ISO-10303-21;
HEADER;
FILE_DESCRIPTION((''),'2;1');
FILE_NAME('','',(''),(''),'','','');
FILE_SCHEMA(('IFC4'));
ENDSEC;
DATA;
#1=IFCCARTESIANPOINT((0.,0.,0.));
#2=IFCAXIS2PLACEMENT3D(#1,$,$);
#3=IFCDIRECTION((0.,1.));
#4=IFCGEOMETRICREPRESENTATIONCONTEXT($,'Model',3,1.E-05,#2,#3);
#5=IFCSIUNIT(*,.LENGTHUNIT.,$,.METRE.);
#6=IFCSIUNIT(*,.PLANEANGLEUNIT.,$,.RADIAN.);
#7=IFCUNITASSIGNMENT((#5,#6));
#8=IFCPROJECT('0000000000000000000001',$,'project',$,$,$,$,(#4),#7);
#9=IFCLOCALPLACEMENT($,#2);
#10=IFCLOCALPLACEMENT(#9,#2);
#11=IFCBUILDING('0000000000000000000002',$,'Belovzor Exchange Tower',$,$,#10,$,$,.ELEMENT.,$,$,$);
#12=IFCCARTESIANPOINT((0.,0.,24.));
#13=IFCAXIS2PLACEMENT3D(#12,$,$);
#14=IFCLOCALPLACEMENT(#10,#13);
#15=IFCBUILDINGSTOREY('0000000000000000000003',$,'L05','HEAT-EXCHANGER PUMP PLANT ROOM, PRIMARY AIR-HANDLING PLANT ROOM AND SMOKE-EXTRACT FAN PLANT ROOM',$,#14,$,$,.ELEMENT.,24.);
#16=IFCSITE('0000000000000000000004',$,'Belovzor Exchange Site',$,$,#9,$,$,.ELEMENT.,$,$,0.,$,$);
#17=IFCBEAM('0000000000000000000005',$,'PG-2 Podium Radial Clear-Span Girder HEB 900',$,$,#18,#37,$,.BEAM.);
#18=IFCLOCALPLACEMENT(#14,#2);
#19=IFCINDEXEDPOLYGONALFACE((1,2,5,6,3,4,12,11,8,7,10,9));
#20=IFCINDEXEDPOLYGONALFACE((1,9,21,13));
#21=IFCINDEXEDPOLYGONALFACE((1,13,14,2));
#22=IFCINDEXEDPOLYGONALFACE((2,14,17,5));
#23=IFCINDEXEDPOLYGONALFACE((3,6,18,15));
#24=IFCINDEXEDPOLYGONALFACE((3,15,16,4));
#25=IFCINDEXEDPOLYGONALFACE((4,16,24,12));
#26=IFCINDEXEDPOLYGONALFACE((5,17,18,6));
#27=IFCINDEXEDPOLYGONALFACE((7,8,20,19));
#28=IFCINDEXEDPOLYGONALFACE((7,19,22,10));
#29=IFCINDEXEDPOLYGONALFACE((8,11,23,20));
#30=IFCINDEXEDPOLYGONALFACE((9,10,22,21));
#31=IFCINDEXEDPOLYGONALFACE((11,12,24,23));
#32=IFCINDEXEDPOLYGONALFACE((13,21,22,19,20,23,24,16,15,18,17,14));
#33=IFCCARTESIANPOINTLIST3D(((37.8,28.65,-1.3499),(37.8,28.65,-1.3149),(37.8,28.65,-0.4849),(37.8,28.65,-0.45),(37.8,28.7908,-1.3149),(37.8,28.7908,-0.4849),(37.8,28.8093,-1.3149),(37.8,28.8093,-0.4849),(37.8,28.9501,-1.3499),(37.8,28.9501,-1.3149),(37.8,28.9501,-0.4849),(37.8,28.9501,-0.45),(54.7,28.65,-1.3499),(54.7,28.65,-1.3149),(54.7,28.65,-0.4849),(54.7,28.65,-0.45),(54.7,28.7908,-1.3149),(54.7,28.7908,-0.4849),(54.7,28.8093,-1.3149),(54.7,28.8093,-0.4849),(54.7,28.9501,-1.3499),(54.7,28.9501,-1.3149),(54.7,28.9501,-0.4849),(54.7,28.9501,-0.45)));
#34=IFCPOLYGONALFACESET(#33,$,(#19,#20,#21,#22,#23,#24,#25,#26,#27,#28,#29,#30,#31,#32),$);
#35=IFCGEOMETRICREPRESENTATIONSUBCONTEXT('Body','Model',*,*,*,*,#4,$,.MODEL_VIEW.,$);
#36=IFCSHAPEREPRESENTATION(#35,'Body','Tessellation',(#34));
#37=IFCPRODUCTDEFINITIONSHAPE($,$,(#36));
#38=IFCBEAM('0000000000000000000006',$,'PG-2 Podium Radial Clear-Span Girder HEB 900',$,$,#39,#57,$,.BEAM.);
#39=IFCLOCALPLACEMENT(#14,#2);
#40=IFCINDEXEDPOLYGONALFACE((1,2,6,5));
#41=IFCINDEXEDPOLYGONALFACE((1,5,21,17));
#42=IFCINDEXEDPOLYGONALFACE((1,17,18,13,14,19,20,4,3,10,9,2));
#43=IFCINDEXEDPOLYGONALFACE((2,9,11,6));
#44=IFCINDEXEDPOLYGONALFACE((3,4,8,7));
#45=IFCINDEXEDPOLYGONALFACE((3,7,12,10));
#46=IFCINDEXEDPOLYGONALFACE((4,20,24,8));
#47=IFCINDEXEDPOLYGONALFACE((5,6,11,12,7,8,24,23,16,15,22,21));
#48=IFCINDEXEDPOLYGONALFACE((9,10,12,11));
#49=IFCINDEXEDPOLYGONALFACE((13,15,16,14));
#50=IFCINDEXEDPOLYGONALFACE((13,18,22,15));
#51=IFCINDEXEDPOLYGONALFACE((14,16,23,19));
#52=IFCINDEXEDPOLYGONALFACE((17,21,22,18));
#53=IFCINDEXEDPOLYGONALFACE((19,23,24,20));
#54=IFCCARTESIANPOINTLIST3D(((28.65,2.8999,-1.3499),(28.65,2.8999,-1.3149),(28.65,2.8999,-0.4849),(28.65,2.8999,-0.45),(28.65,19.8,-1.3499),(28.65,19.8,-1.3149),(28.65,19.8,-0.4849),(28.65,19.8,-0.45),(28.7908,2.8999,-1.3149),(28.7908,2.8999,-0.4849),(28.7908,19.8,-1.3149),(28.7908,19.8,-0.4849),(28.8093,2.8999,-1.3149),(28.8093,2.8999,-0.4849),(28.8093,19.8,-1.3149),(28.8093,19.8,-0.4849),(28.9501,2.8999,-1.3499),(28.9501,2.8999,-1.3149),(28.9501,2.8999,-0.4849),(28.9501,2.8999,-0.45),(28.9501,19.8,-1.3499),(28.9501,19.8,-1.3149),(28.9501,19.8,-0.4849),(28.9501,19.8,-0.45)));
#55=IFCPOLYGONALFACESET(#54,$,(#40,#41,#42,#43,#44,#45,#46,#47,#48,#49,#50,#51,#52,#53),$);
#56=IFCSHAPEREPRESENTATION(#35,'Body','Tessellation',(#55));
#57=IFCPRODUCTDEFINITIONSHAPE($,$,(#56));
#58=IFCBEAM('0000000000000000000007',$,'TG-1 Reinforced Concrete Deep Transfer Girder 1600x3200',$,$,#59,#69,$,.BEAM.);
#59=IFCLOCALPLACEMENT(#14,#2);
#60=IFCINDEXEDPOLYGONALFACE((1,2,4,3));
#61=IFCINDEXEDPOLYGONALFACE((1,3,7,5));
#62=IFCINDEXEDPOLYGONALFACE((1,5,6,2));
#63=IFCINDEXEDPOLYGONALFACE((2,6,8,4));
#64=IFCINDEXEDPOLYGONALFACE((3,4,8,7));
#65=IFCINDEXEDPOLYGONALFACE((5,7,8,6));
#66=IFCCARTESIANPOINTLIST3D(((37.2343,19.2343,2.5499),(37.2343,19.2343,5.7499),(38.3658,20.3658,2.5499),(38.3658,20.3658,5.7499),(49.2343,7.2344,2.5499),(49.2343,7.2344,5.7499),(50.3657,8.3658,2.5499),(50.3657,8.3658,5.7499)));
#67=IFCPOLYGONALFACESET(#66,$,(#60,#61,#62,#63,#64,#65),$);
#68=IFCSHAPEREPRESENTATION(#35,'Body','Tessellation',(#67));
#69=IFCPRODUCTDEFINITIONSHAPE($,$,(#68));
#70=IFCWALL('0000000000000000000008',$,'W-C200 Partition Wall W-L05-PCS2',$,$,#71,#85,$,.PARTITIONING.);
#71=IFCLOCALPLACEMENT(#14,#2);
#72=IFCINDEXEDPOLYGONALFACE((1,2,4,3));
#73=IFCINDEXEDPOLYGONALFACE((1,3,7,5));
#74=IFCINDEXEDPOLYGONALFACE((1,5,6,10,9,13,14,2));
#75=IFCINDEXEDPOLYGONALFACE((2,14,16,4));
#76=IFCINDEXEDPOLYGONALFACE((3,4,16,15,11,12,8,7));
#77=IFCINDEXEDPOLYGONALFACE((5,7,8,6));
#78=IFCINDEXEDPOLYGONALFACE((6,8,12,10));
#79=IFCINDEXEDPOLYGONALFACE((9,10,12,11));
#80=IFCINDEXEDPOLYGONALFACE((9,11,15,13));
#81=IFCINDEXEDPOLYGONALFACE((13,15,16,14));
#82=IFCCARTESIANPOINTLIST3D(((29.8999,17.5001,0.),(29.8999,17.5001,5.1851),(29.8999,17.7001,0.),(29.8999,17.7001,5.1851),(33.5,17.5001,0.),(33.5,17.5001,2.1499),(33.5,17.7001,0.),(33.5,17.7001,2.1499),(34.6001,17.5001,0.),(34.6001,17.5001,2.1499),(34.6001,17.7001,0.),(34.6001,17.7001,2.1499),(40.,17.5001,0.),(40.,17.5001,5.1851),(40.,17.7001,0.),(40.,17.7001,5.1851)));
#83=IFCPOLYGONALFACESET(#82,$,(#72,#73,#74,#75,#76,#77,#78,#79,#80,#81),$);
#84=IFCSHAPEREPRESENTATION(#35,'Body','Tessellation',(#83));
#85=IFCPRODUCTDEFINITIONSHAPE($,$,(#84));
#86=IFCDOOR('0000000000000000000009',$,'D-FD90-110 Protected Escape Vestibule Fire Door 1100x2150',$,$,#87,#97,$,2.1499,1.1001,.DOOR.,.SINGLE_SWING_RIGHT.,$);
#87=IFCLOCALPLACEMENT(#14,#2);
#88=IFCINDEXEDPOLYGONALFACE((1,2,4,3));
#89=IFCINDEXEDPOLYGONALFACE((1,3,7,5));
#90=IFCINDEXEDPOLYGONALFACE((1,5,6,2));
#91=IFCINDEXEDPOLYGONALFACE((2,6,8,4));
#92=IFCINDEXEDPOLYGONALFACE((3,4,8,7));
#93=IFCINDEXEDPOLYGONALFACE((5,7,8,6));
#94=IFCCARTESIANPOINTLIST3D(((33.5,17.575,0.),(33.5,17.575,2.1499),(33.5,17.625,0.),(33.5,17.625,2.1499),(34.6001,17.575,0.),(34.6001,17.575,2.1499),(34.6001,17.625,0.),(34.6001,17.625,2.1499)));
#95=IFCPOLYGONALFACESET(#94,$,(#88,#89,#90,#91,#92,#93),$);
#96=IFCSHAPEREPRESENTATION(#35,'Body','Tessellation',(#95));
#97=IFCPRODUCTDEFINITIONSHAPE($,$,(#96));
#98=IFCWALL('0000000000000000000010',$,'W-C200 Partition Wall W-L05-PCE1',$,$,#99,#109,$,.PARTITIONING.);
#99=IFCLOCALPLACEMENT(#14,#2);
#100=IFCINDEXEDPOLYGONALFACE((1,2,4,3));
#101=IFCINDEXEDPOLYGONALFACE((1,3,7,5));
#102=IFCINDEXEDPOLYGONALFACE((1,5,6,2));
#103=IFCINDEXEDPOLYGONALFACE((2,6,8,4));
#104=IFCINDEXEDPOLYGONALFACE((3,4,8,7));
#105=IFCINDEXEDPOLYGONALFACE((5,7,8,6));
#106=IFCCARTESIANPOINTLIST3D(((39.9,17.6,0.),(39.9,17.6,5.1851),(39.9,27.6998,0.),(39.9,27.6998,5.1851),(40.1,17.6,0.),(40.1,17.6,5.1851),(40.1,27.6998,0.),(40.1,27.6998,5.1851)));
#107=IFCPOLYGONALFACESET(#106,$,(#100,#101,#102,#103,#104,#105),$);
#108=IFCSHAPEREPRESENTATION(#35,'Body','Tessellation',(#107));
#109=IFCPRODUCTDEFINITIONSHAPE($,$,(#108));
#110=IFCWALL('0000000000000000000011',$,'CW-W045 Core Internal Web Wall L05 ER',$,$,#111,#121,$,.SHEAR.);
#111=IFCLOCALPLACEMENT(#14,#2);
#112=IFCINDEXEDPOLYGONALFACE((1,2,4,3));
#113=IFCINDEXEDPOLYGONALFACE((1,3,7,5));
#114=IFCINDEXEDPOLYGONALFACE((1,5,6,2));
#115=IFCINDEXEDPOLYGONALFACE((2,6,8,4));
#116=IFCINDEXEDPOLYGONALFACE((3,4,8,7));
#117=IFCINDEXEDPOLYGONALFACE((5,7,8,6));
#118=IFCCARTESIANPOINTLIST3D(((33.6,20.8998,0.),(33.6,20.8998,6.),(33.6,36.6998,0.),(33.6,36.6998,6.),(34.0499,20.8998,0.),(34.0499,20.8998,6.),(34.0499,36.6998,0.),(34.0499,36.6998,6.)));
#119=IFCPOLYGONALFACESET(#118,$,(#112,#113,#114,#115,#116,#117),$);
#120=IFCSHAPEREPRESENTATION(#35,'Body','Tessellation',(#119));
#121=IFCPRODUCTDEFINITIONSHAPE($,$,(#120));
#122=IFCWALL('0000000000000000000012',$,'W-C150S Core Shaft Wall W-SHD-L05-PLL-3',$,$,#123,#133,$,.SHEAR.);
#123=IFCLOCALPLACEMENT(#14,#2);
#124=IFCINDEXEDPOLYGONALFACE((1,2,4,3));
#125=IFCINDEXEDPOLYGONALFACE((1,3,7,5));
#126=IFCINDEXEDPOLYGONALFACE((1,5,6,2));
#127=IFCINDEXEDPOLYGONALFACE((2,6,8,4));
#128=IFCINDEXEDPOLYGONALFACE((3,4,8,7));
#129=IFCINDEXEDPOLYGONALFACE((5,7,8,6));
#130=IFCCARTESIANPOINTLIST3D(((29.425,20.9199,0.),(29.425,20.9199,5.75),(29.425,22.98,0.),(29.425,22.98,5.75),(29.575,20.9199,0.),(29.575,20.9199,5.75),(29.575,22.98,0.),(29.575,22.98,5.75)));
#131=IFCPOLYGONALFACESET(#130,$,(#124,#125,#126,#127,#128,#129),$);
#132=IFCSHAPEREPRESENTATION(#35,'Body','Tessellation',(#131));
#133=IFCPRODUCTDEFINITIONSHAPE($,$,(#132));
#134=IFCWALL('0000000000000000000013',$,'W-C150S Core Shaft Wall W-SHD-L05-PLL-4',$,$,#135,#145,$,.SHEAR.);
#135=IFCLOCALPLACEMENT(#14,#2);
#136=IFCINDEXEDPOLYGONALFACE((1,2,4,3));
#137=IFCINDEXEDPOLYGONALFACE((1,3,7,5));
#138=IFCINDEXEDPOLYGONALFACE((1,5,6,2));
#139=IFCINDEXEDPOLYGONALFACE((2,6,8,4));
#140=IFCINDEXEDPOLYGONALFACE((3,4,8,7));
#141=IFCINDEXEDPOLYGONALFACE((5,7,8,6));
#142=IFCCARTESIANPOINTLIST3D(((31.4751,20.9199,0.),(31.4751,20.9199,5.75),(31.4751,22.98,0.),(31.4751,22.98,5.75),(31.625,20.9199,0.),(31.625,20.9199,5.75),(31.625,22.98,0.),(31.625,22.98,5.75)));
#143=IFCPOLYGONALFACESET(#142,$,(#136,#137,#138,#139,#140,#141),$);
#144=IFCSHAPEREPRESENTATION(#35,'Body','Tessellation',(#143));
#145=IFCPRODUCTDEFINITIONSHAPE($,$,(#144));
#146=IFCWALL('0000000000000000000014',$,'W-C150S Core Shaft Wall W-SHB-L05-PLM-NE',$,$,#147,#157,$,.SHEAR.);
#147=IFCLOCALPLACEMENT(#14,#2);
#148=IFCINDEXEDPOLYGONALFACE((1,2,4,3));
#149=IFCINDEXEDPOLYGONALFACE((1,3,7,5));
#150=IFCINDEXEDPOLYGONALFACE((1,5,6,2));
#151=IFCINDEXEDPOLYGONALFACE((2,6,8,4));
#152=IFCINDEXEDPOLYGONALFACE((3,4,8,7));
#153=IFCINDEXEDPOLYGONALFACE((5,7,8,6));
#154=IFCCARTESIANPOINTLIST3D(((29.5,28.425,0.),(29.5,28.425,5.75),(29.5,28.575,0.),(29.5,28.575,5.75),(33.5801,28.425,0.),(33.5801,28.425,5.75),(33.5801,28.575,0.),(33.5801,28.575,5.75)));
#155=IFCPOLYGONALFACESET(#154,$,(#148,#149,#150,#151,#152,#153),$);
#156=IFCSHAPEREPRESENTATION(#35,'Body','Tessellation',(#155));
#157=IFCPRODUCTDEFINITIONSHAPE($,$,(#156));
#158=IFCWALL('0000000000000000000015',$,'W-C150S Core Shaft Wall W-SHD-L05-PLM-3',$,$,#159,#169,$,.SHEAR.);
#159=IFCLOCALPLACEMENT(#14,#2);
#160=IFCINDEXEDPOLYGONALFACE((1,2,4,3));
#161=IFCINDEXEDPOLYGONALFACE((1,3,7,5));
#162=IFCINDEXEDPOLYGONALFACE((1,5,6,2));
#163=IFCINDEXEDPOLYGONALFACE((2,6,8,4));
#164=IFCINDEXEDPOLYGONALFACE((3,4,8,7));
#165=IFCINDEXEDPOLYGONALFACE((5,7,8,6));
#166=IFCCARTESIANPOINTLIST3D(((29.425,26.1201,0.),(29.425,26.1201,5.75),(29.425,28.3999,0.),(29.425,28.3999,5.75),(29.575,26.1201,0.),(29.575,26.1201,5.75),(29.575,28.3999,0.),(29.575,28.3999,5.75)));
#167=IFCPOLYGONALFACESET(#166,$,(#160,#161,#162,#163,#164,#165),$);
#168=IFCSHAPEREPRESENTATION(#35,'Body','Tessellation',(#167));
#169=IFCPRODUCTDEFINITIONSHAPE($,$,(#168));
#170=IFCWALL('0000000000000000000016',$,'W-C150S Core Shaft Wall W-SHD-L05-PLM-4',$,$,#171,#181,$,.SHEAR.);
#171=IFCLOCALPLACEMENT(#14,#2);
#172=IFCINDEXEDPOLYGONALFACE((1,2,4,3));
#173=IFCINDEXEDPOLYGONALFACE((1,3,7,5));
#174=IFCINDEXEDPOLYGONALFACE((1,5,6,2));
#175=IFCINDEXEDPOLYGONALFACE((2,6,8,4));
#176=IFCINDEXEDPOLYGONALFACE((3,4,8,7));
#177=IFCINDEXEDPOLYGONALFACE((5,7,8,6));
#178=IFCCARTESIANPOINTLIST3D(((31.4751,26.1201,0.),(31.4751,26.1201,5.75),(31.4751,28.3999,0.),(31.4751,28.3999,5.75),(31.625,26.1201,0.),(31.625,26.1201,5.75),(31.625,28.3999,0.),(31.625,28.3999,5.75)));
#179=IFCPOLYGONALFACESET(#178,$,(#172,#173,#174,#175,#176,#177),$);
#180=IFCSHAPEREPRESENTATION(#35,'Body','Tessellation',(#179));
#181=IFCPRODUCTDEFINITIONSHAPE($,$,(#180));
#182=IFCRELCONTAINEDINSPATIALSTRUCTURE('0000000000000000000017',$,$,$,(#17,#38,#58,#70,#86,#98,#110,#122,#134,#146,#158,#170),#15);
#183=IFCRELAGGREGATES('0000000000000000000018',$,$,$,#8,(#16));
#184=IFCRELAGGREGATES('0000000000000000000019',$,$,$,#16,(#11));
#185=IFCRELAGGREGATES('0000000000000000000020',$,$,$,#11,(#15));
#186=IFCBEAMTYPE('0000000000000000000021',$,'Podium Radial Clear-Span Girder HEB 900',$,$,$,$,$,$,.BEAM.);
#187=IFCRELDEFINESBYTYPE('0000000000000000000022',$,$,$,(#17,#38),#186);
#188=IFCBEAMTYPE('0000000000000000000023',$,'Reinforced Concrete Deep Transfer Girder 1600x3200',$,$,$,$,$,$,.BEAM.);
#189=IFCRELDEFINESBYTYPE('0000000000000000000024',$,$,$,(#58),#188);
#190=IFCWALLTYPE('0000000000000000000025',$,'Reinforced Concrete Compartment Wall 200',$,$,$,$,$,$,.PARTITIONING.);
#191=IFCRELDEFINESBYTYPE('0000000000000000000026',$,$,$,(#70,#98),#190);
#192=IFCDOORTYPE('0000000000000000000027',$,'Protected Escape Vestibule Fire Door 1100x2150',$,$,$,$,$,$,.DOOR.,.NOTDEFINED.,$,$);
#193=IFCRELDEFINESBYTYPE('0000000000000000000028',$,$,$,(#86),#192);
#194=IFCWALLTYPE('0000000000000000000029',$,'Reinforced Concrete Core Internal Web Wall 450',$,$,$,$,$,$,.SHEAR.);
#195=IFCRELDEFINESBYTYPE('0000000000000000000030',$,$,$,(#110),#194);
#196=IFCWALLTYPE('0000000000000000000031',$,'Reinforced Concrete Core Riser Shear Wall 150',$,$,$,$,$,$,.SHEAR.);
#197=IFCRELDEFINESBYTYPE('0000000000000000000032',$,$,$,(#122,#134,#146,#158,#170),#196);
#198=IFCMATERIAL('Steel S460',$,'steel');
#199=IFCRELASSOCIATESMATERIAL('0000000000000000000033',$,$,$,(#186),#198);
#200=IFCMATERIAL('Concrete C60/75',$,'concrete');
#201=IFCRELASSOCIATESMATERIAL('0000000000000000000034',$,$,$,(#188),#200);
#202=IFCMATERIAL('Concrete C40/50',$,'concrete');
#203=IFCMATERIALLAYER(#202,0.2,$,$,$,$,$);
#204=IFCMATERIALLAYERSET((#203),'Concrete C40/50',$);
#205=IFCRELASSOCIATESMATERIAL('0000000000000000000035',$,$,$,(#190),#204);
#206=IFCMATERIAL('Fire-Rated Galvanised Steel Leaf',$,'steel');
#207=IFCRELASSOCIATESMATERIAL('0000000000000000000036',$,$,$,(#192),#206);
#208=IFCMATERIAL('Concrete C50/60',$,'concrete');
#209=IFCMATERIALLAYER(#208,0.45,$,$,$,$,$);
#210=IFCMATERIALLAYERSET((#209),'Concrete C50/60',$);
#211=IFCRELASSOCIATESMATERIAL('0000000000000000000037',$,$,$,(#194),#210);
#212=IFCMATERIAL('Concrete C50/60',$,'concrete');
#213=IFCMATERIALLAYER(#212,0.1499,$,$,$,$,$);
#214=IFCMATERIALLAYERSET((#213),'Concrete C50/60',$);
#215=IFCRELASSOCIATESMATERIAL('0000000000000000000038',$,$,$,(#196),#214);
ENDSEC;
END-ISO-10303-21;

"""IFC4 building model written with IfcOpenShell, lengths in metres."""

from ifc_helpers import new_model, si_unit, direction, frame, frame_2d, origin, origin_2d, place, context, subcontext, project, spatial, rectangle, i_section, extrude, material, layer, layer_set, material_profile, profile_set, type_object, element, fill, save


model = new_model("IFC4")

# Units and contexts
model_context = context("Model", 3, precision=1e-05, world=origin(), true_north=direction((0.0, 1.0)))
body_context = subcontext(model_context, "Body", "Model", "MODEL_VIEW")
ifc_project = project(units=[si_unit("LENGTHUNIT", "METRE"), si_unit("PLANEANGLEUNIT", "RADIAN")], contexts=[model_context])

# Site, building, storey
site_placement = place(None, origin())
site = spatial("IfcSite", under=ifc_project, at=site_placement, Name="Belovzor Exchange Site", CompositionType="ELEMENT", RefElevation=0.0)
building_placement = place(site_placement, origin())
building = spatial("IfcBuilding", under=site, at=building_placement, Name="Belovzor Exchange Tower", CompositionType="ELEMENT")
storey_placement = place(building_placement, frame((0.0, 0.0, 24.0)))
storey = spatial("IfcBuildingStorey", under=building, at=storey_placement, Name="L05", Description="HEAT-EXCHANGER PUMP PLANT ROOM, PRIMARY AIR-HANDLING PLANT ROOM AND SMOKE-EXTRACT FAN PLANT ROOM", CompositionType="ELEMENT", Elevation=24.0)

# Beams
ifc_material_1 = material(Name="Steel S460", Category="steel")
ifc_material_profile_1 = material_profile(ifc_material_1, i_section(OverallWidth=0.3, OverallDepth=0.8999, WebThickness=0.0186, FlangeThickness=0.0349, at=origin_2d()))
ifc_profile_set_1 = profile_set([ifc_material_profile_1], Name="Steel S460")
beam_type_1 = type_object("IfcBeamType", Name="Podium Radial Clear-Span Girder HEB 900", PredefinedType="BEAM", material=ifc_profile_set_1)
beam_1_placement = place(storey_placement, frame((37.8, 28.8, -0.8999), z_axis=(1.0, 0.0, 0.0), x_axis=(0.0, 1.0, 0.0)))
element("IfcBeam", 1, at=beam_1_placement, inside=storey, type_object=beam_type_1, Name="PG-2 Podium Radial Clear-Span Girder HEB 900", PredefinedType="BEAM", context=body_context, shape_type="SweptSolid", body=[
    extrude(i_section(OverallWidth=0.3, OverallDepth=0.8999, WebThickness=0.0186, FlangeThickness=0.0349, at=origin_2d()), origin(), (0.0, 0.0, 1.0), 16.8999),
])
beam_2_placement = place(storey_placement, frame((28.8, 19.8, -0.8999), z_axis=(0.0, -1.0, 0.0), x_axis=(1.0, 0.0, 0.0)))
element("IfcBeam", 2, at=beam_2_placement, inside=storey, type_object=beam_type_1, Name="PG-2 Podium Radial Clear-Span Girder HEB 900", PredefinedType="BEAM", context=body_context, shape_type="SweptSolid", body=[
    extrude(i_section(OverallWidth=0.3, OverallDepth=0.8999, WebThickness=0.0186, FlangeThickness=0.0349, at=origin_2d()), origin(), (0.0, 0.0, 1.0), 16.9001),
])
ifc_material_2 = material(Name="Concrete C60/75", Category="concrete")
ifc_material_profile_2 = material_profile(ifc_material_2, rectangle(XDim=1.6001, YDim=3.2, at=origin_2d()))
ifc_profile_set_2 = profile_set([ifc_material_profile_2], Name="Concrete C60/75")
beam_type_2 = type_object("IfcBeamType", Name="Reinforced Concrete Deep Transfer Girder 1600x3200", PredefinedType="BEAM", material=ifc_profile_set_2)
beam_3_placement = place(storey_placement, frame((37.8, 19.8, 4.1499), z_axis=(0.707107, -0.707107, 0.0), x_axis=(0.707107, 0.707107, 0.0)))
element("IfcBeam", 3, at=beam_3_placement, inside=storey, type_object=beam_type_2, Name="TG-1 Reinforced Concrete Deep Transfer Girder 1600x3200", PredefinedType="BEAM", context=body_context, shape_type="SweptSolid", body=[
    extrude(rectangle(XDim=1.6001, YDim=3.2, at=origin_2d()), origin(), (0.0, 0.0, 1.0), 16.9705),
])

# Wall, opening, door
ifc_material_3 = material(Name="Concrete C40/50", Category="concrete")
ifc_layer_1 = layer(ifc_material_3, 0.2)
ifc_layer_set_1 = layer_set([ifc_layer_1], Name="Concrete C40/50")
wall_type_1 = type_object("IfcWallType", Name="Reinforced Concrete Compartment Wall 200", PredefinedType="PARTITIONING", material=ifc_layer_set_1)
wall_1_placement = place(storey_placement, frame((29.8999, 17.6001, 0.0), z_axis=(0.0, 0.0, 1.0), x_axis=(1.0, 0.0, 0.0)))
wall_1 = element("IfcWall", 4, at=wall_1_placement, inside=storey, type_object=wall_type_1, Name="W-C200 Partition Wall W-L05-PCS2", PredefinedType="PARTITIONING", context=body_context, shape_type="SweptSolid", body=[
    extrude(rectangle(XDim=10.1001, YDim=0.2, at=frame_2d((5.05, 0.0))), origin(), (0.0, 0.0, 1.0), 5.1851),
])
opening_1_placement = place(wall_1_placement, frame((3.6001, 0.0, 0.0)))
opening_1 = element("IfcOpeningElement", 5, at=opening_1_placement, cuts=wall_1, PredefinedType="OPENING", context=body_context, shape_type="SweptSolid", body=[
    extrude(rectangle(XDim=1.1001, YDim=2.1499, at=frame_2d((0.55, 1.075))), frame((0.0, 0.1099, 0.0), z_axis=(0.0, -1.0, 0.0), x_axis=(1.0, 0.0, 0.0)), (0.0, 0.0, 1.0), 0.22),
])
ifc_material_4 = material(Name="Fire-Rated Galvanised Steel Leaf", Category="steel")
door_type_1 = type_object("IfcDoorType", Name="Protected Escape Vestibule Fire Door 1100x2150", OperationType="NOTDEFINED", PredefinedType="DOOR", material=ifc_material_4)
door_1_placement = place(opening_1_placement, origin())
door_1 = element("IfcDoor", 6, at=door_1_placement, inside=storey, type_object=door_type_1, Name="D-FD90-110 Protected Escape Vestibule Fire Door 1100x2150", OperationType="SINGLE_SWING_RIGHT", OverallHeight=2.1499, OverallWidth=1.1001, PredefinedType="DOOR", context=body_context, shape_type="SweptSolid", body=[
    extrude(rectangle(XDim=1.1001, YDim=2.1499, at=frame_2d((0.55, 1.075))), frame((0.0, 0.0249, 0.0), z_axis=(0.0, -1.0, 0.0), x_axis=(1.0, 0.0, 0.0)), (0.0, 0.0, 1.0), 0.05),
])
fill(opening_1, door_1)

# Walls
wall_2_placement = place(storey_placement, frame((40.0, 17.6001, 0.0), z_axis=(0.0, 0.0, 1.0), x_axis=(0.0, 1.0, 0.0)))
element("IfcWall", 7, at=wall_2_placement, inside=storey, type_object=wall_type_1, Name="W-C200 Partition Wall W-L05-PCE1", PredefinedType="PARTITIONING", context=body_context, shape_type="SweptSolid", body=[
    extrude(rectangle(XDim=10.0999, YDim=0.2, at=frame_2d((5.0498, 0.0))), origin(), (0.0, 0.0, 1.0), 5.1851),
])
ifc_material_5 = material(Name="Concrete C50/60", Category="concrete")
ifc_layer_2 = layer(ifc_material_5, 0.45)
ifc_layer_set_2 = layer_set([ifc_layer_2], Name="Concrete C50/60")
wall_type_2 = type_object("IfcWallType", Name="Reinforced Concrete Core Internal Web Wall 450", PredefinedType="SHEAR", material=ifc_layer_set_2)
wall_3_placement = place(storey_placement, frame((33.825, 20.8999, 0.0), z_axis=(0.0, 0.0, 1.0), x_axis=(0.0, 1.0, 0.0)))
element("IfcWall", 8, at=wall_3_placement, inside=storey, type_object=wall_type_2, Name="CW-W045 Core Internal Web Wall L05 ER", PredefinedType="SHEAR", context=body_context, shape_type="SweptSolid", body=[
    extrude(rectangle(XDim=15.8, YDim=0.45, at=frame_2d((7.8999, 0.0))), origin(), (0.0, 0.0, 1.0), 6.0),
])
ifc_material_6 = material(Name="Concrete C50/60", Category="concrete")
ifc_layer_3 = layer(ifc_material_6, 0.1499)
ifc_layer_set_3 = layer_set([ifc_layer_3], Name="Concrete C50/60")
wall_type_3 = type_object("IfcWallType", Name="Reinforced Concrete Core Riser Shear Wall 150", PredefinedType="SHEAR", material=ifc_layer_set_3)
for number, where, z_axis, x_axis, name in (
    (9, (29.5, 20.9199, 0.0), (0.0, 0.0, 1.0), (0.0, 1.0, 0.0), "W-C150S Core Shaft Wall W-SHD-L05-PLL-3"),
    (10, (31.55, 20.9199, 0.0), (0.0, 0.0, 1.0), (0.0, 1.0, 0.0), "W-C150S Core Shaft Wall W-SHD-L05-PLL-4"),
):
    element("IfcWall", number, at=place(storey_placement, frame(where, z_axis=z_axis, x_axis=x_axis)), inside=storey, type_object=wall_type_3, Name=name, PredefinedType="SHEAR", context=body_context, shape_type="SweptSolid", body=[
        extrude(rectangle(XDim=2.0601, YDim=0.1499, at=frame_2d((1.03, 0.0))), origin(), (0.0, 0.0, 1.0), 5.75),
    ])
wall_4_placement = place(storey_placement, frame((29.5, 28.5, 0.0), z_axis=(0.0, 0.0, 1.0), x_axis=(1.0, 0.0, 0.0)))
element("IfcWall", 11, at=wall_4_placement, inside=storey, type_object=wall_type_3, Name="W-C150S Core Shaft Wall W-SHB-L05-PLM-NE", PredefinedType="SHEAR", context=body_context, shape_type="SweptSolid", body=[
    extrude(rectangle(XDim=4.0801, YDim=0.1499, at=frame_2d((2.04, 0.0))), origin(), (0.0, 0.0, 1.0), 5.75),
])
for number, where, z_axis, x_axis, name in (
    (12, (29.5, 26.1201, 0.0), (0.0, 0.0, 1.0), (0.0, 1.0, 0.0), "W-C150S Core Shaft Wall W-SHD-L05-PLM-3"),
    (13, (31.55, 26.1201, 0.0), (0.0, 0.0, 1.0), (0.0, 1.0, 0.0), "W-C150S Core Shaft Wall W-SHD-L05-PLM-4"),
):
    element("IfcWall", number, at=place(storey_placement, frame(where, z_axis=z_axis, x_axis=x_axis)), inside=storey, type_object=wall_type_3, Name=name, PredefinedType="SHEAR", context=body_context, shape_type="SweptSolid", body=[
        extrude(rectangle(XDim=2.2798, YDim=0.1499, at=frame_2d((1.1399, 0.0))), origin(), (0.0, 0.0, 1.0), 5.75),
    ])

save(model, "model.ifc")
